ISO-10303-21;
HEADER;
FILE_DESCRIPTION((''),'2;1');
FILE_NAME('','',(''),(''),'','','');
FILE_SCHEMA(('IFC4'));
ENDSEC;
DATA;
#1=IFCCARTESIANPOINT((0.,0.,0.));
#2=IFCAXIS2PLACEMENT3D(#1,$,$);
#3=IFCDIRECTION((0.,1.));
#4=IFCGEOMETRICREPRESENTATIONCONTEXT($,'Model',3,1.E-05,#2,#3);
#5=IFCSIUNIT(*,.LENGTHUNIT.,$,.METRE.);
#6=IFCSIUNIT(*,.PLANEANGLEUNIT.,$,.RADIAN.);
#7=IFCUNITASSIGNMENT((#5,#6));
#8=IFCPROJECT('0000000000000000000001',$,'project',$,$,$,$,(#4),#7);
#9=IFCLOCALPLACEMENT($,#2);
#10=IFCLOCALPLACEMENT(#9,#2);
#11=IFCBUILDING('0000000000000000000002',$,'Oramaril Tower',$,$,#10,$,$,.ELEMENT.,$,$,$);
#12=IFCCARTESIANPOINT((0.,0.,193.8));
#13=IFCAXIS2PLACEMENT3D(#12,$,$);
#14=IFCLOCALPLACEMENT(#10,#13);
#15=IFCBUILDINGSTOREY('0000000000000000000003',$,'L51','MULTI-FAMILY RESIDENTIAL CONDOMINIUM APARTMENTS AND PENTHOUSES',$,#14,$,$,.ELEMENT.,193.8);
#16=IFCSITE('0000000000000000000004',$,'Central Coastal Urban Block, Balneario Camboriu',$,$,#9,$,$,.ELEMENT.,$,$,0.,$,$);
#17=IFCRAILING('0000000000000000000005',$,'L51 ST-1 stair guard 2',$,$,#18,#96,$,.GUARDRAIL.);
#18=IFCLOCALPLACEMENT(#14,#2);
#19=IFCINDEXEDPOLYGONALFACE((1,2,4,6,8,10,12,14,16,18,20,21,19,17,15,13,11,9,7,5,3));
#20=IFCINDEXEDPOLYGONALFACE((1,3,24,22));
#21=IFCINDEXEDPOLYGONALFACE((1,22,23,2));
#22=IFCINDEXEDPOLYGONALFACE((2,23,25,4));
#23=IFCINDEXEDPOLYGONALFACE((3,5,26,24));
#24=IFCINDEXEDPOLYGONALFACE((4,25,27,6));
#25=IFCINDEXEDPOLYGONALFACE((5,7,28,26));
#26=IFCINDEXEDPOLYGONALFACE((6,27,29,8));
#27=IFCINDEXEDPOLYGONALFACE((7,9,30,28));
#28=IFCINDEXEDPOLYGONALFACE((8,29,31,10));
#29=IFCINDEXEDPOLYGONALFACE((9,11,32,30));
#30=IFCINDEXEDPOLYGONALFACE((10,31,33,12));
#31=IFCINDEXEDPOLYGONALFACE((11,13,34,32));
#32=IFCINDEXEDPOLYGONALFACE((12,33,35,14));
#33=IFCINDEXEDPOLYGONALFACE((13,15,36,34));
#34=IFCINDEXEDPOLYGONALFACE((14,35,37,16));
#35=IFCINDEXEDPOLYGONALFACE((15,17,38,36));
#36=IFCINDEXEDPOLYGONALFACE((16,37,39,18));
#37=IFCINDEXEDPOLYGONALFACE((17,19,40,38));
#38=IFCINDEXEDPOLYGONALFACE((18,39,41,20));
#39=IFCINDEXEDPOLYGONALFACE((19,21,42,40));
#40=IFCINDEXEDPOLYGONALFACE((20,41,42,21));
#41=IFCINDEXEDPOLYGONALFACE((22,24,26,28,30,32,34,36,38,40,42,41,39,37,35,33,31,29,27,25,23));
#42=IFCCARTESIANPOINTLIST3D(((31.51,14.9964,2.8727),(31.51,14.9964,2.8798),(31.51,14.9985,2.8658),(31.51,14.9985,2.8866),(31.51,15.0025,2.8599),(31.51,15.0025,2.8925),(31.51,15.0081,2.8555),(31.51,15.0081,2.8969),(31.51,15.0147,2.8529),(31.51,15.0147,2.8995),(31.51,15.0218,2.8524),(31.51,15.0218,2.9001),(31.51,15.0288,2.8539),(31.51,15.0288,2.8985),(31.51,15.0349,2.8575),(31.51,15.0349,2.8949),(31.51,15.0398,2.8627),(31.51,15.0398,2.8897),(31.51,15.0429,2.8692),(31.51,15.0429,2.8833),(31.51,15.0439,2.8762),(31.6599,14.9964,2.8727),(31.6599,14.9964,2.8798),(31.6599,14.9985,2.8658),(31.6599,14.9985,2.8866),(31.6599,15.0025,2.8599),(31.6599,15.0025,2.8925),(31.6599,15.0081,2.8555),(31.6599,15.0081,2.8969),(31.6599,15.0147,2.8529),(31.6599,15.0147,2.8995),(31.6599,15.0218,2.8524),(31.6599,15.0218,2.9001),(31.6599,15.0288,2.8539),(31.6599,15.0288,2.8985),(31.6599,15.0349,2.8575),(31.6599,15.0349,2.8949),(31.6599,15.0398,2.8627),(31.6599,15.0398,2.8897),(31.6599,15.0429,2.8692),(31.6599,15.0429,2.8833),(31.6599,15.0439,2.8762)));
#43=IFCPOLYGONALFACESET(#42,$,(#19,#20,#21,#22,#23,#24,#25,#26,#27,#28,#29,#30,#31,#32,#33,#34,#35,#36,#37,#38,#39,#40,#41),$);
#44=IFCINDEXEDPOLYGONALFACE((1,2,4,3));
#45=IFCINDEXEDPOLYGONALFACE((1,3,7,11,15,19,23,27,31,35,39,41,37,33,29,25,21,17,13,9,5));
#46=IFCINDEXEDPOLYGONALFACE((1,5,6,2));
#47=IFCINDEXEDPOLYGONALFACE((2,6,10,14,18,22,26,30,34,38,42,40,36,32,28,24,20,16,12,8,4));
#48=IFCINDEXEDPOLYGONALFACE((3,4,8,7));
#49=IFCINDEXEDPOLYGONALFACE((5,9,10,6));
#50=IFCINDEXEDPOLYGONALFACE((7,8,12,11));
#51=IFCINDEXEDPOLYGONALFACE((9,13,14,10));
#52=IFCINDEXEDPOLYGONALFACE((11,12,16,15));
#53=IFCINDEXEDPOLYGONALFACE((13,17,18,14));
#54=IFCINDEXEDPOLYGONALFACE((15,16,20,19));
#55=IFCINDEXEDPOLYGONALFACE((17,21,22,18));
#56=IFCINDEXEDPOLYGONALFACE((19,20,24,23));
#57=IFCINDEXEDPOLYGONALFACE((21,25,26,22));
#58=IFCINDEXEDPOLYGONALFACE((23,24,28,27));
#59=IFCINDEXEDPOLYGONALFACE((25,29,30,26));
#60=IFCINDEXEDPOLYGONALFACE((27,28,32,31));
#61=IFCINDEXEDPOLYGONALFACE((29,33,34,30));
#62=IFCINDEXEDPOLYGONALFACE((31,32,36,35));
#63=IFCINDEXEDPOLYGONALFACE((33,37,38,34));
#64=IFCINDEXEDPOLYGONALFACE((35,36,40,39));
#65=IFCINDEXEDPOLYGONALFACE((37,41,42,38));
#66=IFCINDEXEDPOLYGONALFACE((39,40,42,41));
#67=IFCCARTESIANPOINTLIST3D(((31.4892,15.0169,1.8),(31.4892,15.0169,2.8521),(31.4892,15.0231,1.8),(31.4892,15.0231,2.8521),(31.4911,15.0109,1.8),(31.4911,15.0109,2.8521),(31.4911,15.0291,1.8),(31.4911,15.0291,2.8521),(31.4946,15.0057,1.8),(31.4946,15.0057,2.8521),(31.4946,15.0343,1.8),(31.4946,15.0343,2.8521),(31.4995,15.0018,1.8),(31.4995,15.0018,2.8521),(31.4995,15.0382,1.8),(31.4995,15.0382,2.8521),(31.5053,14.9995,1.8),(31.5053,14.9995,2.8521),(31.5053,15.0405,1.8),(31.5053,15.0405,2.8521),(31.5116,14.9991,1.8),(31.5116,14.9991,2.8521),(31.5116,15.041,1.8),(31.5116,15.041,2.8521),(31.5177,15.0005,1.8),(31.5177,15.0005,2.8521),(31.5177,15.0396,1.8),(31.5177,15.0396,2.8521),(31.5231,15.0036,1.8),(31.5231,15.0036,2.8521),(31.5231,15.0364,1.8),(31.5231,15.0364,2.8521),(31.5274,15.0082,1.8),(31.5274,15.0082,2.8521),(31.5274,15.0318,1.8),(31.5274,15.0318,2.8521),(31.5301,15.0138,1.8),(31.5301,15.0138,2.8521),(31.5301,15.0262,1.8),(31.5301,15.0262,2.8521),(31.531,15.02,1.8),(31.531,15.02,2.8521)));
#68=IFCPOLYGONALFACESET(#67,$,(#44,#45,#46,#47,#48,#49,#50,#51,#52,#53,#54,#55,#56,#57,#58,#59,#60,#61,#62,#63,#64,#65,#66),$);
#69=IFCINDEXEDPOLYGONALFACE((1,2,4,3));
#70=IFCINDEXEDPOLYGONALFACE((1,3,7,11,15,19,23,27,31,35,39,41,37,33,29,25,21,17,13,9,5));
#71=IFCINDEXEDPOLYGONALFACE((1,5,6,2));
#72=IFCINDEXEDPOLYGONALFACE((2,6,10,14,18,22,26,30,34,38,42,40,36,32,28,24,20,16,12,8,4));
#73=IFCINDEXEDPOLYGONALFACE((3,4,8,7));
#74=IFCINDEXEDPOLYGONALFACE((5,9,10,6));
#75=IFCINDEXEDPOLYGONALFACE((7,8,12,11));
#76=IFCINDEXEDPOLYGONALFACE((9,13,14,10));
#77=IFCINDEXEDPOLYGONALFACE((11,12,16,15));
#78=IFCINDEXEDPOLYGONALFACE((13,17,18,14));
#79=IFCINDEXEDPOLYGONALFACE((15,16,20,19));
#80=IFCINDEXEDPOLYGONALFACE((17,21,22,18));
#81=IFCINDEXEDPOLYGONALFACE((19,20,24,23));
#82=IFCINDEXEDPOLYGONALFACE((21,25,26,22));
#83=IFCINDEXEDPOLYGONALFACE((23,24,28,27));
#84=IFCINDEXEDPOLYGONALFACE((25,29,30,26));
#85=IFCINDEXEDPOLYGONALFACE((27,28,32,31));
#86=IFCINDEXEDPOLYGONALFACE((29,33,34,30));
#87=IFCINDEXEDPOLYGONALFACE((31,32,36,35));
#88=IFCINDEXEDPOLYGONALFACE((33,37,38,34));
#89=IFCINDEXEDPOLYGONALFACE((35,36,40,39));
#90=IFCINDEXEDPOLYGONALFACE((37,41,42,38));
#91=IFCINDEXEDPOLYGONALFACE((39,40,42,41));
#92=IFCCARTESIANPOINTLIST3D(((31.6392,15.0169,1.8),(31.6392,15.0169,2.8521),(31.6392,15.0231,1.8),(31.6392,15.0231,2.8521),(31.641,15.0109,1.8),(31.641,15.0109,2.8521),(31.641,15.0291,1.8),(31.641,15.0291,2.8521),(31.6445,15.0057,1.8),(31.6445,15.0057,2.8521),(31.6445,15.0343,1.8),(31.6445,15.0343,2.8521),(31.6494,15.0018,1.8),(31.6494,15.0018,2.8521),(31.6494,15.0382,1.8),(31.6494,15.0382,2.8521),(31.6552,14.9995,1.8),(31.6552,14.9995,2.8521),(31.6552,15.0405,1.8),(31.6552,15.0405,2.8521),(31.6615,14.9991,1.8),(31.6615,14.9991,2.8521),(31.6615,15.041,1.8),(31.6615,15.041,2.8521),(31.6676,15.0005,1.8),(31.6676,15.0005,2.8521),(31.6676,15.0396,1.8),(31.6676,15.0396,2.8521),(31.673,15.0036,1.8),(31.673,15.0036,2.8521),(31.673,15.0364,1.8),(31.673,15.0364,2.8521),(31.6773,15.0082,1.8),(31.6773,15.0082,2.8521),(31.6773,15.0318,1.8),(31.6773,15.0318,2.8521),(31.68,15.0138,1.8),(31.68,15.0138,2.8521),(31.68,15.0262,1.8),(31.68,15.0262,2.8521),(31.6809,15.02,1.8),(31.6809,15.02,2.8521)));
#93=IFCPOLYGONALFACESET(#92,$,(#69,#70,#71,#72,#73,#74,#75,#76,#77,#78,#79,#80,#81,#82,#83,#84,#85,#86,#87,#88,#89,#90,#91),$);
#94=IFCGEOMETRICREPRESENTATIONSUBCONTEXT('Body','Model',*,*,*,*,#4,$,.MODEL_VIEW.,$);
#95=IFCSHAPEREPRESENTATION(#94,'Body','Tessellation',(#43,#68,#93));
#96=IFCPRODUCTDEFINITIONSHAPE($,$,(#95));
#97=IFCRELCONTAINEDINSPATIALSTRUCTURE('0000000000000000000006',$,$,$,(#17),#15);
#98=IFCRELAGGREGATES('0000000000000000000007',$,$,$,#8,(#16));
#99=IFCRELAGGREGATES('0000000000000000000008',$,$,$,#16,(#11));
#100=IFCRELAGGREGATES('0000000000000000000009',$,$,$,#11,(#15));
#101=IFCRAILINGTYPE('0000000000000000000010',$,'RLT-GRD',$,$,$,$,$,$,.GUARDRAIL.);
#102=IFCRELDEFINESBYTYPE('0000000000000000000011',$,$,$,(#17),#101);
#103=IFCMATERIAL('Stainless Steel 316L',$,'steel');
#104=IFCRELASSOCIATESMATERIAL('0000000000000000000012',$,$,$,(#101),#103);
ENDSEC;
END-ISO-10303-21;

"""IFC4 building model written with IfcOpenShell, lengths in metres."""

from ifc_helpers import new_model, si_unit, direction, frame, origin, origin_2d, place, context, subcontext, project, spatial, circle, extrude, material, type_object, element, save


model = new_model("IFC4")

# Units and contexts
model_context = context("Model", 3, precision=1e-05, world=origin(), true_north=direction((0.0, 1.0)))
body_context = subcontext(model_context, "Body", "Model", "MODEL_VIEW")
ifc_project = project(units=[si_unit("LENGTHUNIT", "METRE"), si_unit("PLANEANGLEUNIT", "RADIAN")], contexts=[model_context])

# Site, building, storey
site_placement = place(None, origin())
site = spatial("IfcSite", under=ifc_project, at=site_placement, Name="Central Coastal Urban Block, Balneario Camboriu", CompositionType="ELEMENT", RefElevation=0.0)
building_placement = place(site_placement, origin())
building = spatial("IfcBuilding", under=site, at=building_placement, Name="Oramaril Tower", CompositionType="ELEMENT")
storey_placement = place(building_placement, frame((0.0, 0.0, 193.8)))
storey = spatial("IfcBuildingStorey", under=building, at=storey_placement, Name="L51", Description="MULTI-FAMILY RESIDENTIAL CONDOMINIUM APARTMENTS AND PENTHOUSES", CompositionType="ELEMENT", Elevation=193.8)

# Railing
ifc_material_1 = material(Name="Stainless Steel 316L", Category="steel")
railing_type_1 = type_object("IfcRailingType", Name="RLT-GRD", PredefinedType="GUARDRAIL", material=ifc_material_1)
railing_1_placement = place(storey_placement, frame((31.51, 15.02, 1.8)))
element("IfcRailing", 1, at=railing_1_placement, inside=storey, type_object=railing_type_1, Name="L51 ST-1 stair guard 2", PredefinedType="GUARDRAIL", context=body_context, shape_type="SweptSolid", body=[
    extrude(circle(Radius=0.0239, at=origin_2d()), frame((0.0, 0.0, 1.0762), z_axis=(1.0, 0.0, 0.0), x_axis=(0.0, 1.0, 0.0)), (0.0, 0.0, 1.0), 0.1499),
    extrude(circle(Radius=0.021, at=origin_2d()), origin(), (0.0, 0.0, 1.0), 1.052),
    extrude(circle(Radius=0.021, at=origin_2d()), frame((0.1499, 0.0, 0.0)), (0.0, 0.0, 1.0), 1.052),
])

save(model, "model.ifc")
